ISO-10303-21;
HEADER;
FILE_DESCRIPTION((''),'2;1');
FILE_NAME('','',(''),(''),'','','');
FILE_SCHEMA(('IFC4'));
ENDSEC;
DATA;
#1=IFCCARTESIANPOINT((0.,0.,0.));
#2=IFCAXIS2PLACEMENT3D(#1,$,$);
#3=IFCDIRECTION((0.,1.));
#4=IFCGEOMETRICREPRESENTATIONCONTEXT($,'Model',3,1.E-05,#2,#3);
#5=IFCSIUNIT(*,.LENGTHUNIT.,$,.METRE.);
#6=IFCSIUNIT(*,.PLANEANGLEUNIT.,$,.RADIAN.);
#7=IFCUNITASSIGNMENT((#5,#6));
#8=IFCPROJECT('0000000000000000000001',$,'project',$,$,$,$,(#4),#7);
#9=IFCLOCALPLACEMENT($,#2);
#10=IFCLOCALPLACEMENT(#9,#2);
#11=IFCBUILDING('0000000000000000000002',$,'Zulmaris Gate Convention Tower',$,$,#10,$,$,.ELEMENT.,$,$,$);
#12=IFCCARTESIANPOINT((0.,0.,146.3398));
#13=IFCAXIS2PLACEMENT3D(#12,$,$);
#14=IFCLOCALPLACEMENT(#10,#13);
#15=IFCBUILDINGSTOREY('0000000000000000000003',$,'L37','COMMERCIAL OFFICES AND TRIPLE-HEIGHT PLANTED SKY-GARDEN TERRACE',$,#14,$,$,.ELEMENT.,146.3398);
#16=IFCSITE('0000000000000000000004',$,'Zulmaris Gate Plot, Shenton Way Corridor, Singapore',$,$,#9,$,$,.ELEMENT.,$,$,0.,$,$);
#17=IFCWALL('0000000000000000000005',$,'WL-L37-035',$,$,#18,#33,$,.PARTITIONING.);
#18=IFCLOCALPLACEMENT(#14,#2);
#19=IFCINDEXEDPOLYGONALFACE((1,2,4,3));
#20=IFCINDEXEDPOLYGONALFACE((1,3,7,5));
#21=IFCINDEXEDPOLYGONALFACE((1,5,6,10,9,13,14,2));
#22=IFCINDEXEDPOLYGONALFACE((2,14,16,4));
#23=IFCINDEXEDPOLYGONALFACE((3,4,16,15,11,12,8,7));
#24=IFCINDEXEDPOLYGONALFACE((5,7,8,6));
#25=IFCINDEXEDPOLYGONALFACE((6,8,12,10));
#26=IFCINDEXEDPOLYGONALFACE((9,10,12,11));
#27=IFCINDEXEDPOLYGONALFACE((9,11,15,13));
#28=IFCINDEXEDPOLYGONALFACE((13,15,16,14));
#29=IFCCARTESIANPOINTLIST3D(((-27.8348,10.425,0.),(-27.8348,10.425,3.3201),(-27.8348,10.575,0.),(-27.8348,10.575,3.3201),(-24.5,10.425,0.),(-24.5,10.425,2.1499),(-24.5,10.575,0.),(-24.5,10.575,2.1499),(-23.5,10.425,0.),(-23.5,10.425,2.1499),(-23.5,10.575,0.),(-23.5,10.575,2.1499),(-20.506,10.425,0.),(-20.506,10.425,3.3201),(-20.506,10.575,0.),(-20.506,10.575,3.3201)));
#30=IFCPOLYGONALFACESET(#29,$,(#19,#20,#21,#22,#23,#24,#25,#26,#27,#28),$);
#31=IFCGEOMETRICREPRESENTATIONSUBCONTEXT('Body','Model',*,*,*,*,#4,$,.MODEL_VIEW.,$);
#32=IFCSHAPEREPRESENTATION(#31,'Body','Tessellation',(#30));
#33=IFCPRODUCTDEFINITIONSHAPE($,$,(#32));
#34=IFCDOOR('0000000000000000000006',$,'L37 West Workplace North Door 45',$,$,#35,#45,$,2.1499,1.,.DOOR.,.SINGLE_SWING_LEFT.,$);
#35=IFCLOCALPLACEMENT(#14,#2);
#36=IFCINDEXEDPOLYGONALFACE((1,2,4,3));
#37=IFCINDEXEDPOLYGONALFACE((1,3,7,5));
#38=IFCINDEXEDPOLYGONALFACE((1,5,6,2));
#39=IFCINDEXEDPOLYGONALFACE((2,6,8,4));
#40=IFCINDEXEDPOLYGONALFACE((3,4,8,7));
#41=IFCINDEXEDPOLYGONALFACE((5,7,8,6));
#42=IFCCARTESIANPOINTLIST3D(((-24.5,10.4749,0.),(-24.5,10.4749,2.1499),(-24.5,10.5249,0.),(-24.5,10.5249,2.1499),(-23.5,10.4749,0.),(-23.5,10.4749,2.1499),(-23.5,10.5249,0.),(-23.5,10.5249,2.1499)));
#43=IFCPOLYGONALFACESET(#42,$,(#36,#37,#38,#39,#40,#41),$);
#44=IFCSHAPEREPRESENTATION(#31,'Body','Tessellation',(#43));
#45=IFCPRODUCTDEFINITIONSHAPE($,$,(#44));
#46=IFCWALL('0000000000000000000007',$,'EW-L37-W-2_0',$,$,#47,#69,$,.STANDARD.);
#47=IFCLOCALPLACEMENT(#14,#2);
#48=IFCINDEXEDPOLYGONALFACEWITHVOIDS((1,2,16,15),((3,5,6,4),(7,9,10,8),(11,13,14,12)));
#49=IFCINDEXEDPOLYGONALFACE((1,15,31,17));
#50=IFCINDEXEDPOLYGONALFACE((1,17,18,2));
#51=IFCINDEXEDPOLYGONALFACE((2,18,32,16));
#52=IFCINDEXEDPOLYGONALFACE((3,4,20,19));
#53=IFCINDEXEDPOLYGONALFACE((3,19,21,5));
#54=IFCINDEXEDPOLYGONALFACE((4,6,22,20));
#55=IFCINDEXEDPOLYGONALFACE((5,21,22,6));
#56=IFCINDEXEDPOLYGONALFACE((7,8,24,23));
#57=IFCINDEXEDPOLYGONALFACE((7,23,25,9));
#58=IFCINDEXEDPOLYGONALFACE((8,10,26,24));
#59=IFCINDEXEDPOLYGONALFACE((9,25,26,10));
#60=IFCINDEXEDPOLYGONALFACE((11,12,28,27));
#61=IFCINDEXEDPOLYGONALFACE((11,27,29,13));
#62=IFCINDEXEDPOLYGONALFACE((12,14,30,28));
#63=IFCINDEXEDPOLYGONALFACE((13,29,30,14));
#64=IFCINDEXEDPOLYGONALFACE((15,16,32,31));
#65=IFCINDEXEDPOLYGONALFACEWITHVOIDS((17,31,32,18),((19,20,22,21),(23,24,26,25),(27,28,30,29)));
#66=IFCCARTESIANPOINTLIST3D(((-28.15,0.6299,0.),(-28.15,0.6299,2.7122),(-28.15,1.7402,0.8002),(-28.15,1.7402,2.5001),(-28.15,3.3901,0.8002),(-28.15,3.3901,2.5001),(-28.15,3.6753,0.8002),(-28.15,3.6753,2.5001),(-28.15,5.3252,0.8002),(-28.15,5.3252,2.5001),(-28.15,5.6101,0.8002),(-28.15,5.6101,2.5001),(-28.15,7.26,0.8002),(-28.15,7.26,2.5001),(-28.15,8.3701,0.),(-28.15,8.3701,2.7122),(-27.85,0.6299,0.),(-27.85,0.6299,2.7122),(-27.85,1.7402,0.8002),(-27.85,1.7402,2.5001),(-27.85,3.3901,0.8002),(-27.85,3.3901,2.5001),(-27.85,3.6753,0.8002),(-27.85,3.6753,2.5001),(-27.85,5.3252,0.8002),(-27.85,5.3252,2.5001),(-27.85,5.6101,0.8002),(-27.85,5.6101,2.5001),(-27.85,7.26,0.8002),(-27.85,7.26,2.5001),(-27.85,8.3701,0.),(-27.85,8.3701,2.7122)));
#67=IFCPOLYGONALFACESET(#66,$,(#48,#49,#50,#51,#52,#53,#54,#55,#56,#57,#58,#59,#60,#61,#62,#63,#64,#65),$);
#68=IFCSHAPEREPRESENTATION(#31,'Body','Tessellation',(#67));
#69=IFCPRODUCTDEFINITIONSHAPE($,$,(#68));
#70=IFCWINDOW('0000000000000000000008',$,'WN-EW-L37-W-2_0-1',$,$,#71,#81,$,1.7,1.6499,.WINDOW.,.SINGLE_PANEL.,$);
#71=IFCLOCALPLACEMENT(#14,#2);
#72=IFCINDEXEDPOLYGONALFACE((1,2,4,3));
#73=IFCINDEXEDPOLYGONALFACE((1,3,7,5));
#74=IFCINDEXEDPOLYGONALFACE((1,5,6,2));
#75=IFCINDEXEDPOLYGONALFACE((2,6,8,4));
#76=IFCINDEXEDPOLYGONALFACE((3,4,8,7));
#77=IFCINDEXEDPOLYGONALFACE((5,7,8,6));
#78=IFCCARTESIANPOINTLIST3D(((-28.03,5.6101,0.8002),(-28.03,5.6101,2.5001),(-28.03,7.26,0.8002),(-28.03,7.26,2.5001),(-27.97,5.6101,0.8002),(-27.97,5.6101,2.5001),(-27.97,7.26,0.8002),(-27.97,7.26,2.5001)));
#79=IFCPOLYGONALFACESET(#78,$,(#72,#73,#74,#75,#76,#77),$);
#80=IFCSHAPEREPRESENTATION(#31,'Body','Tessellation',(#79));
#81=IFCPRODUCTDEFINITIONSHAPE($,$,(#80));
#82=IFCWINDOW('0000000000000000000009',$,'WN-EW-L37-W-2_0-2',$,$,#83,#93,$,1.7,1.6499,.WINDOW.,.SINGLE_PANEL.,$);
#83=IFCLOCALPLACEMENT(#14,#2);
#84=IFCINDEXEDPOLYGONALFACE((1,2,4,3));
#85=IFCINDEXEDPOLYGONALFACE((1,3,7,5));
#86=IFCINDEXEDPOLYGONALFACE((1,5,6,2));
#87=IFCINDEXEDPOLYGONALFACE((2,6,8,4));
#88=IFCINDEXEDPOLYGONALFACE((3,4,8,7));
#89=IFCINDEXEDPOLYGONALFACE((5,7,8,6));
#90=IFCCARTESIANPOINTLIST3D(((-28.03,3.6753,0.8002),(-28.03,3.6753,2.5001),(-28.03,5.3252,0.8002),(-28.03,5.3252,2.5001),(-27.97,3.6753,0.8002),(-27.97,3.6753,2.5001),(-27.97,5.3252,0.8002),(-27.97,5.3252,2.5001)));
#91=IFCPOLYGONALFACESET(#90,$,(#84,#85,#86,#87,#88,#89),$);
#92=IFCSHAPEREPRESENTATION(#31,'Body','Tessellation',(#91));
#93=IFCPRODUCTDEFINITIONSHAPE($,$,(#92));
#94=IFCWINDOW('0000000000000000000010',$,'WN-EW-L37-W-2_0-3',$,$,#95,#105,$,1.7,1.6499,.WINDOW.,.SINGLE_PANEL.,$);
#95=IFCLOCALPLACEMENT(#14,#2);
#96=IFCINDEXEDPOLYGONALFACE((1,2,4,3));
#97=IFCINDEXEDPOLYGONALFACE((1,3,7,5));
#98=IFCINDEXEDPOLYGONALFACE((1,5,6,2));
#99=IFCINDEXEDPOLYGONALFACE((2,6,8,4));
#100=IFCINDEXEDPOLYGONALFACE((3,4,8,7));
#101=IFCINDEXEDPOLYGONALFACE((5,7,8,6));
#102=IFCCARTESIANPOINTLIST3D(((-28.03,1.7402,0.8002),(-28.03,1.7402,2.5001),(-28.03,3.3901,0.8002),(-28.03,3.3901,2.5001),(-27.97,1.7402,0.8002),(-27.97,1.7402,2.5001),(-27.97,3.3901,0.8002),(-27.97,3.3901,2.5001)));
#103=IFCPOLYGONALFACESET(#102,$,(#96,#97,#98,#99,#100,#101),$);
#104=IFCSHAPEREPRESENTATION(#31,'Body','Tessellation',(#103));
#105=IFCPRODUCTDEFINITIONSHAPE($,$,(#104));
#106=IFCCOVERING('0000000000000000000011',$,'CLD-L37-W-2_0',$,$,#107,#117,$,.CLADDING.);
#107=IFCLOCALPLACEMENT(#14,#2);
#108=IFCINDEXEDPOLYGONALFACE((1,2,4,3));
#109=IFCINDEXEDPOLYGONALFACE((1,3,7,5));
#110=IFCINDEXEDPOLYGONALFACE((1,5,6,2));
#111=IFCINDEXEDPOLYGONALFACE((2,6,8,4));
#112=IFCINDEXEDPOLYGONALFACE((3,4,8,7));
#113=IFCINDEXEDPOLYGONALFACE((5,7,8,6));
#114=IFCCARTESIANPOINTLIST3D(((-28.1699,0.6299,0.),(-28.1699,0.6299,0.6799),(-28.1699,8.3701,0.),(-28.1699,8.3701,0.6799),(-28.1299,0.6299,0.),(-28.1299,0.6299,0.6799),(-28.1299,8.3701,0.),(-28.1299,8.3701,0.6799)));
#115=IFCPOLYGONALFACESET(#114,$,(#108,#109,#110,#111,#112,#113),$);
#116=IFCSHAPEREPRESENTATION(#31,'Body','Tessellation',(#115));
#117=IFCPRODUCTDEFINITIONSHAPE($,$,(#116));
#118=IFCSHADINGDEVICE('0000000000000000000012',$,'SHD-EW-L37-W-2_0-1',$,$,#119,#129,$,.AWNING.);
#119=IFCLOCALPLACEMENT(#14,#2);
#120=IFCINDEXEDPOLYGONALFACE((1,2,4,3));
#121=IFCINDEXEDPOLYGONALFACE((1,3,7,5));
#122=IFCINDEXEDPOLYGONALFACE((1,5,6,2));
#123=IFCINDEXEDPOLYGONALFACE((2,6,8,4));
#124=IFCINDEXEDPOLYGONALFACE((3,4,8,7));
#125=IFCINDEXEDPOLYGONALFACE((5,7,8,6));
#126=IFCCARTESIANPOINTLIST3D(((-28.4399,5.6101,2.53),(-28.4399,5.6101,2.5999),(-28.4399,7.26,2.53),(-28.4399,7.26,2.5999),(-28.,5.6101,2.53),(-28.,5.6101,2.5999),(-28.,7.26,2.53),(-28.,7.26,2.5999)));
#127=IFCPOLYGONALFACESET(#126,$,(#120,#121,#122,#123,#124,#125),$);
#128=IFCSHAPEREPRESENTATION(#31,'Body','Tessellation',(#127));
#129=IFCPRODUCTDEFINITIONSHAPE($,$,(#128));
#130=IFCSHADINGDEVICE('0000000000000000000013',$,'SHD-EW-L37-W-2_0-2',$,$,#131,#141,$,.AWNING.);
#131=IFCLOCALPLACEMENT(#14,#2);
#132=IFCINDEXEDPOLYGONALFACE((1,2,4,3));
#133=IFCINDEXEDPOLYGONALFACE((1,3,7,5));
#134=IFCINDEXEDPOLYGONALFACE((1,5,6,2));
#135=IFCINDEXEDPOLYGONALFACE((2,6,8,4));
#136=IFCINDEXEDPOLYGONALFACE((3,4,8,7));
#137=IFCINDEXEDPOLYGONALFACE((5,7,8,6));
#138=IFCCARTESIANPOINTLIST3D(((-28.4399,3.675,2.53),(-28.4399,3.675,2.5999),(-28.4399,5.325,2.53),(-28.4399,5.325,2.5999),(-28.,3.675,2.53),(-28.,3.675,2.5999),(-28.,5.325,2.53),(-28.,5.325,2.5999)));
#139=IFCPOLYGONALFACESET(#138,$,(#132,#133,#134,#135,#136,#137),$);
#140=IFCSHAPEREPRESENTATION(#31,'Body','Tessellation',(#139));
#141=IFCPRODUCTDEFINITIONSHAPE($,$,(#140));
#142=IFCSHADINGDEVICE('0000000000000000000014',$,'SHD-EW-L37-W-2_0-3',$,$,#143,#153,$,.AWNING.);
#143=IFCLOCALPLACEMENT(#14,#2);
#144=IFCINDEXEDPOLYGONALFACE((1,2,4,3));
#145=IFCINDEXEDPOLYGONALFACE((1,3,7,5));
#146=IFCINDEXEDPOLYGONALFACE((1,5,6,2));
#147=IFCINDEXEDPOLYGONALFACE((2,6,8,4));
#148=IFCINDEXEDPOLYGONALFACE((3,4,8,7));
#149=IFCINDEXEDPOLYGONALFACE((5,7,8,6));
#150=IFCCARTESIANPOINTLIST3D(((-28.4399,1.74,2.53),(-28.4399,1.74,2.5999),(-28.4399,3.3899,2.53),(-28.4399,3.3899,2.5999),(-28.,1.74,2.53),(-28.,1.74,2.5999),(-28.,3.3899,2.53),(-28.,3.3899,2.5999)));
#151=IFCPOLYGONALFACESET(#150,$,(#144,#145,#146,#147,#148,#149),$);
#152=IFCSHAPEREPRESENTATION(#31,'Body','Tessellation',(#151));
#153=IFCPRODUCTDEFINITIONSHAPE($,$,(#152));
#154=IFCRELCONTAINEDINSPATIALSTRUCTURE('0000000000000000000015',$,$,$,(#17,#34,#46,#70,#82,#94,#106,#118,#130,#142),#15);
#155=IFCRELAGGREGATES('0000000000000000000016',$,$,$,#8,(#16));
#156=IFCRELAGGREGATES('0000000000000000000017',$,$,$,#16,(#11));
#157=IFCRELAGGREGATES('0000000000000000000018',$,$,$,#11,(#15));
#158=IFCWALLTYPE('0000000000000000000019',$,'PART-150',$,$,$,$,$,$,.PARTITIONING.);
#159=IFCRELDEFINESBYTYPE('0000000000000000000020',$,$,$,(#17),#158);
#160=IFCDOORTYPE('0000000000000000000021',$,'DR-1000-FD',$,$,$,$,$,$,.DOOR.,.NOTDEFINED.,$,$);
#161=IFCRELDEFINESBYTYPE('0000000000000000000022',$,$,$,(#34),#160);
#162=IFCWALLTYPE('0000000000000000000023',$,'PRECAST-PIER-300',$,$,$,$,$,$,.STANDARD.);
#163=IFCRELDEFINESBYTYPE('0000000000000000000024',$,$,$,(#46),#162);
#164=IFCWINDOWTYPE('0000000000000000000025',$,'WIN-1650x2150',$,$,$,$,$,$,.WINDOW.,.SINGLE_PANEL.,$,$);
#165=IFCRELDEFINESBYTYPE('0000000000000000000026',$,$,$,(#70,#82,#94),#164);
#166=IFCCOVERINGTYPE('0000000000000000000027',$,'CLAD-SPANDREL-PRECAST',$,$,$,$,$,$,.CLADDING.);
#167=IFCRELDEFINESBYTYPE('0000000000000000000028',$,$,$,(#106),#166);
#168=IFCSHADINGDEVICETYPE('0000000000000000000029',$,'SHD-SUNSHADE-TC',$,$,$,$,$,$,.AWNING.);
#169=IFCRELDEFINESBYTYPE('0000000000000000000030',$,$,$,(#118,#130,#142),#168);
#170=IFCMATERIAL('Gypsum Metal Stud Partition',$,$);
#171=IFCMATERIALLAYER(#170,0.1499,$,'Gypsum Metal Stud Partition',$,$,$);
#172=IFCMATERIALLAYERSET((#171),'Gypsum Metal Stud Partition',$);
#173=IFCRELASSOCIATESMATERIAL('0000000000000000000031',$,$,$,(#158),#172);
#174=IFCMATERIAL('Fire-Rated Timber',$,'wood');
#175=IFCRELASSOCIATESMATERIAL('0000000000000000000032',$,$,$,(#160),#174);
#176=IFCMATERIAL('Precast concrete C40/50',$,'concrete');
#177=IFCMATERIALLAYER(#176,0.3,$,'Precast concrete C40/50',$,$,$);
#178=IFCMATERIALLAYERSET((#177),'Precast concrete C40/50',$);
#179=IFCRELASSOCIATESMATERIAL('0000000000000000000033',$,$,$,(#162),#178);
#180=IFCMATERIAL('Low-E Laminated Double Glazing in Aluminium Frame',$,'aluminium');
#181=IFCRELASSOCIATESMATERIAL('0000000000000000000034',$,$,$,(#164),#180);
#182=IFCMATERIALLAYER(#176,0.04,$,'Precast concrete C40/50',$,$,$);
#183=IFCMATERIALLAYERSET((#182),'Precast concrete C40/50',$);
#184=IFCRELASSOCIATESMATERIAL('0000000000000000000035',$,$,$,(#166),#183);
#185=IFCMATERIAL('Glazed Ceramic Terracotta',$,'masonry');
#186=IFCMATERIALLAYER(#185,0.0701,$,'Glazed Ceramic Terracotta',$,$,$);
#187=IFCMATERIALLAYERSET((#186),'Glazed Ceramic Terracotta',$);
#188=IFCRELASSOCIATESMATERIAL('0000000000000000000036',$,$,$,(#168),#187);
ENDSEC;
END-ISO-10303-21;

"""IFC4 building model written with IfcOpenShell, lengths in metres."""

from ifc_helpers import new_model, si_unit, direction, frame, frame_2d, origin, place, context, subcontext, project, spatial, rectangle, extrude, material, layer, layer_set, type_object, element, fill, save


model = new_model("IFC4")

# Units and contexts
model_context = context("Model", 3, precision=1e-05, world=origin(), true_north=direction((0.0, 1.0)))
body_context = subcontext(model_context, "Body", "Model", "MODEL_VIEW")
ifc_project = project(units=[si_unit("LENGTHUNIT", "METRE"), si_unit("PLANEANGLEUNIT", "RADIAN")], contexts=[model_context])

# Site, building, storey
site_placement = place(None, origin())
site = spatial("IfcSite", under=ifc_project, at=site_placement, Name="Zulmaris Gate Plot, Shenton Way Corridor, Singapore", CompositionType="ELEMENT", RefElevation=0.0)
building_placement = place(site_placement, origin())
building = spatial("IfcBuilding", under=site, at=building_placement, Name="Zulmaris Gate Convention Tower", CompositionType="ELEMENT")
storey_placement = place(building_placement, frame((0.0, 0.0, 146.3398)))
storey = spatial("IfcBuildingStorey", under=building, at=storey_placement, Name="L37", Description="COMMERCIAL OFFICES AND TRIPLE-HEIGHT PLANTED SKY-GARDEN TERRACE", CompositionType="ELEMENT", Elevation=146.3398)

# Wall, opening, door
ifc_material_1 = material(Name="Gypsum Metal Stud Partition")
ifc_layer_1 = layer(ifc_material_1, 0.1499, Name="Gypsum Metal Stud Partition")
ifc_layer_set_1 = layer_set([ifc_layer_1], Name="Gypsum Metal Stud Partition")
wall_type_1 = type_object("IfcWallType", Name="PART-150", PredefinedType="PARTITIONING", material=ifc_layer_set_1)
ifc_material_2 = material(Name="Fire-Rated Timber", Category="wood")
wall_1_placement = place(storey_placement, frame((-27.835, 10.5, 0.0), z_axis=(0.0, 0.0, 1.0), x_axis=(1.0, 0.0, 0.0)))
wall_1 = element("IfcWall", 1, at=wall_1_placement, inside=storey, type_object=wall_type_1, Name="WL-L37-035", PredefinedType="PARTITIONING", context=body_context, shape_type="SweptSolid", body=[
    extrude(rectangle(XDim=7.3289, YDim=0.1499, at=frame_2d((3.6646, 0.0))), origin(), (0.0, 0.0, 1.0), 3.3201),
])
opening_1_placement = place(wall_1_placement, frame((3.335, 0.0, 0.0)))
opening_1 = element("IfcOpeningElement", 2, at=opening_1_placement, cuts=wall_1, PredefinedType="OPENING", context=body_context, shape_type="SweptSolid", body=[
    extrude(rectangle(XDim=1.0, YDim=2.1499, at=frame_2d((0.5, 1.075))), frame((0.0, 0.085, 0.0), z_axis=(0.0, -1.0, 0.0), x_axis=(1.0, 0.0, 0.0)), (0.0, 0.0, 1.0), 0.1699),
])
door_type_1 = type_object("IfcDoorType", Name="DR-1000-FD", OperationType="NOTDEFINED", PredefinedType="DOOR", material=ifc_material_2)
door_1_placement = place(opening_1_placement, origin())
door_1 = element("IfcDoor", 3, at=door_1_placement, inside=storey, type_object=door_type_1, Name="L37 West Workplace North Door 45", OperationType="SINGLE_SWING_LEFT", OverallHeight=2.1499, OverallWidth=1.0, PredefinedType="DOOR", context=body_context, shape_type="SweptSolid", body=[
    extrude(rectangle(XDim=1.0, YDim=2.1499, at=frame_2d((0.5, 1.075))), frame((0.0, 0.0249, 0.0), z_axis=(0.0, -1.0, 0.0), x_axis=(1.0, 0.0, 0.0)), (0.0, 0.0, 1.0), 0.05),
])
fill(opening_1, door_1)

# Wall, openings, windows
ifc_material_3 = material(Name="Precast concrete C40/50", Category="concrete")
ifc_layer_2 = layer(ifc_material_3, 0.3, Name="Precast concrete C40/50")
ifc_layer_set_2 = layer_set([ifc_layer_2], Name="Precast concrete C40/50")
wall_type_2 = type_object("IfcWallType", Name="PRECAST-PIER-300", PredefinedType="STANDARD", material=ifc_layer_set_2)
wall_2_placement = place(storey_placement, frame((-28.0, 8.3701, 0.0), z_axis=(0.0, 0.0, 1.0), x_axis=(0.0, -1.0, 0.0)))
wall_2 = element("IfcWall", 4, at=wall_2_placement, inside=storey, type_object=wall_type_2, Name="EW-L37-W-2_0", PredefinedType="STANDARD", context=body_context, shape_type="SweptSolid", body=[
    extrude(rectangle(XDim=7.7402, YDim=0.3, at=frame_2d((3.8701, 0.0))), origin(), (0.0, 0.0, 1.0), 2.7122),
])
opening_2_placement = place(wall_2_placement, frame((1.1101, 0.0, 0.8)))
opening_2 = element("IfcOpeningElement", 5, at=opening_2_placement, cuts=wall_2, PredefinedType="OPENING", context=body_context, shape_type="SweptSolid", body=[
    extrude(rectangle(XDim=1.6499, YDim=1.7, at=frame_2d((0.825, 0.8501))), frame((0.0, 0.1602, 0.0), z_axis=(0.0, -1.0, 0.0), x_axis=(1.0, 0.0, 0.0)), (0.0, 0.0, 1.0), 0.3201),
])
opening_3_placement = place(wall_2_placement, frame((3.0449, 0.0, 0.8)))
opening_3 = element("IfcOpeningElement", 6, at=opening_3_placement, cuts=wall_2, PredefinedType="OPENING", context=body_context, shape_type="SweptSolid", body=[
    extrude(rectangle(XDim=1.6499, YDim=1.7, at=frame_2d((0.825, 0.8501))), frame((0.0, 0.1602, 0.0), z_axis=(0.0, -1.0, 0.0), x_axis=(1.0, 0.0, 0.0)), (0.0, 0.0, 1.0), 0.3201),
])
opening_4_placement = place(wall_2_placement, frame((4.98, 0.0, 0.8)))
opening_4 = element("IfcOpeningElement", 7, at=opening_4_placement, cuts=wall_2, PredefinedType="OPENING", context=body_context, shape_type="SweptSolid", body=[
    extrude(rectangle(XDim=1.6499, YDim=1.7, at=frame_2d((0.825, 0.8501))), frame((0.0, 0.1602, 0.0), z_axis=(0.0, -1.0, 0.0), x_axis=(1.0, 0.0, 0.0)), (0.0, 0.0, 1.0), 0.3201),
])
ifc_material_4 = material(Name="Low-E Laminated Double Glazing in Aluminium Frame", Category="aluminium")
window_type = type_object("IfcWindowType", Name="WIN-1650x2150", PartitioningType="SINGLE_PANEL", PredefinedType="WINDOW", material=ifc_material_4)
window_1_placement = place(opening_2_placement, origin())
window_1 = element("IfcWindow", 8, at=window_1_placement, inside=storey, type_object=window_type, Name="WN-EW-L37-W-2_0-1", OverallHeight=1.7, OverallWidth=1.6499, PartitioningType="SINGLE_PANEL", PredefinedType="WINDOW", context=body_context, shape_type="SweptSolid", body=[
    extrude(rectangle(XDim=1.6499, YDim=1.7, at=frame_2d((0.825, 0.8501))), frame((0.0, 0.03, 0.0), z_axis=(0.0, -1.0, 0.0), x_axis=(1.0, 0.0, 0.0)), (0.0, 0.0, 1.0), 0.0601),
])
fill(opening_2, window_1)
window_2_placement = place(opening_3_placement, origin())
window_2 = element("IfcWindow", 9, at=window_2_placement, inside=storey, type_object=window_type, Name="WN-EW-L37-W-2_0-2", OverallHeight=1.7, OverallWidth=1.6499, PartitioningType="SINGLE_PANEL", PredefinedType="WINDOW", context=body_context, shape_type="SweptSolid", body=[
    extrude(rectangle(XDim=1.6499, YDim=1.7, at=frame_2d((0.825, 0.8501))), frame((0.0, 0.03, 0.0), z_axis=(0.0, -1.0, 0.0), x_axis=(1.0, 0.0, 0.0)), (0.0, 0.0, 1.0), 0.0601),
])
fill(opening_3, window_2)
window_3_placement = place(opening_4_placement, origin())
window_3 = element("IfcWindow", 10, at=window_3_placement, inside=storey, type_object=window_type, Name="WN-EW-L37-W-2_0-3", OverallHeight=1.7, OverallWidth=1.6499, PartitioningType="SINGLE_PANEL", PredefinedType="WINDOW", context=body_context, shape_type="SweptSolid", body=[
    extrude(rectangle(XDim=1.6499, YDim=1.7, at=frame_2d((0.825, 0.8501))), frame((0.0, 0.03, 0.0), z_axis=(0.0, -1.0, 0.0), x_axis=(1.0, 0.0, 0.0)), (0.0, 0.0, 1.0), 0.0601),
])
fill(opening_4, window_3)

# Covering
ifc_layer_3 = layer(ifc_material_3, 0.04, Name="Precast concrete C40/50")
ifc_layer_set_3 = layer_set([ifc_layer_3], Name="Precast concrete C40/50")
covering_type = type_object("IfcCoveringType", Name="CLAD-SPANDREL-PRECAST", PredefinedType="CLADDING", material=ifc_layer_set_3)
covering_placement = place(storey_placement, frame((-28.1499, 8.3701, 0.0), z_axis=(0.0, 0.0, 1.0), x_axis=(0.0, -1.0, 0.0)))
element("IfcCovering", 11, at=covering_placement, inside=storey, type_object=covering_type, Name="CLD-L37-W-2_0", PredefinedType="CLADDING", context=body_context, shape_type="SweptSolid", body=[
    extrude(rectangle(XDim=7.7402, YDim=0.04, at=frame_2d((3.8701, 0.0))), origin(), (0.0, 0.0, 1.0), 0.6799),
])

# Shading devices
ifc_material_5 = material(Name="Glazed Ceramic Terracotta", Category="masonry")
ifc_layer_4 = layer(ifc_material_5, 0.0701, Name="Glazed Ceramic Terracotta")
ifc_layer_set_4 = layer_set([ifc_layer_4], Name="Glazed Ceramic Terracotta")
shading_device_type = type_object("IfcShadingDeviceType", Name="SHD-SUNSHADE-TC", PredefinedType="AWNING", material=ifc_layer_set_4)
for number, where, z_axis, x_axis, name in (
    (12, (-28.22, 7.26, 2.53), (0.0, 0.0, 1.0), (0.0, -1.0, 0.0), "SHD-EW-L37-W-2_0-1"),
    (13, (-28.22, 5.325, 2.53), (0.0, 0.0, 1.0), (0.0, -1.0, 0.0), "SHD-EW-L37-W-2_0-2"),
    (14, (-28.22, 3.3899, 2.53), (0.0, 0.0, 1.0), (0.0, -1.0, 0.0), "SHD-EW-L37-W-2_0-3"),
):
    element("IfcShadingDevice", number, at=place(storey_placement, frame(where, z_axis=z_axis, x_axis=x_axis)), inside=storey, type_object=shading_device_type, Name=name, PredefinedType="AWNING", context=body_context, shape_type="SweptSolid", body=[
        extrude(rectangle(XDim=1.6499, YDim=0.4399, at=frame_2d((0.825, 0.0))), origin(), (0.0, 0.0, 1.0), 0.0698),
    ])

save(model, "model.ifc")
